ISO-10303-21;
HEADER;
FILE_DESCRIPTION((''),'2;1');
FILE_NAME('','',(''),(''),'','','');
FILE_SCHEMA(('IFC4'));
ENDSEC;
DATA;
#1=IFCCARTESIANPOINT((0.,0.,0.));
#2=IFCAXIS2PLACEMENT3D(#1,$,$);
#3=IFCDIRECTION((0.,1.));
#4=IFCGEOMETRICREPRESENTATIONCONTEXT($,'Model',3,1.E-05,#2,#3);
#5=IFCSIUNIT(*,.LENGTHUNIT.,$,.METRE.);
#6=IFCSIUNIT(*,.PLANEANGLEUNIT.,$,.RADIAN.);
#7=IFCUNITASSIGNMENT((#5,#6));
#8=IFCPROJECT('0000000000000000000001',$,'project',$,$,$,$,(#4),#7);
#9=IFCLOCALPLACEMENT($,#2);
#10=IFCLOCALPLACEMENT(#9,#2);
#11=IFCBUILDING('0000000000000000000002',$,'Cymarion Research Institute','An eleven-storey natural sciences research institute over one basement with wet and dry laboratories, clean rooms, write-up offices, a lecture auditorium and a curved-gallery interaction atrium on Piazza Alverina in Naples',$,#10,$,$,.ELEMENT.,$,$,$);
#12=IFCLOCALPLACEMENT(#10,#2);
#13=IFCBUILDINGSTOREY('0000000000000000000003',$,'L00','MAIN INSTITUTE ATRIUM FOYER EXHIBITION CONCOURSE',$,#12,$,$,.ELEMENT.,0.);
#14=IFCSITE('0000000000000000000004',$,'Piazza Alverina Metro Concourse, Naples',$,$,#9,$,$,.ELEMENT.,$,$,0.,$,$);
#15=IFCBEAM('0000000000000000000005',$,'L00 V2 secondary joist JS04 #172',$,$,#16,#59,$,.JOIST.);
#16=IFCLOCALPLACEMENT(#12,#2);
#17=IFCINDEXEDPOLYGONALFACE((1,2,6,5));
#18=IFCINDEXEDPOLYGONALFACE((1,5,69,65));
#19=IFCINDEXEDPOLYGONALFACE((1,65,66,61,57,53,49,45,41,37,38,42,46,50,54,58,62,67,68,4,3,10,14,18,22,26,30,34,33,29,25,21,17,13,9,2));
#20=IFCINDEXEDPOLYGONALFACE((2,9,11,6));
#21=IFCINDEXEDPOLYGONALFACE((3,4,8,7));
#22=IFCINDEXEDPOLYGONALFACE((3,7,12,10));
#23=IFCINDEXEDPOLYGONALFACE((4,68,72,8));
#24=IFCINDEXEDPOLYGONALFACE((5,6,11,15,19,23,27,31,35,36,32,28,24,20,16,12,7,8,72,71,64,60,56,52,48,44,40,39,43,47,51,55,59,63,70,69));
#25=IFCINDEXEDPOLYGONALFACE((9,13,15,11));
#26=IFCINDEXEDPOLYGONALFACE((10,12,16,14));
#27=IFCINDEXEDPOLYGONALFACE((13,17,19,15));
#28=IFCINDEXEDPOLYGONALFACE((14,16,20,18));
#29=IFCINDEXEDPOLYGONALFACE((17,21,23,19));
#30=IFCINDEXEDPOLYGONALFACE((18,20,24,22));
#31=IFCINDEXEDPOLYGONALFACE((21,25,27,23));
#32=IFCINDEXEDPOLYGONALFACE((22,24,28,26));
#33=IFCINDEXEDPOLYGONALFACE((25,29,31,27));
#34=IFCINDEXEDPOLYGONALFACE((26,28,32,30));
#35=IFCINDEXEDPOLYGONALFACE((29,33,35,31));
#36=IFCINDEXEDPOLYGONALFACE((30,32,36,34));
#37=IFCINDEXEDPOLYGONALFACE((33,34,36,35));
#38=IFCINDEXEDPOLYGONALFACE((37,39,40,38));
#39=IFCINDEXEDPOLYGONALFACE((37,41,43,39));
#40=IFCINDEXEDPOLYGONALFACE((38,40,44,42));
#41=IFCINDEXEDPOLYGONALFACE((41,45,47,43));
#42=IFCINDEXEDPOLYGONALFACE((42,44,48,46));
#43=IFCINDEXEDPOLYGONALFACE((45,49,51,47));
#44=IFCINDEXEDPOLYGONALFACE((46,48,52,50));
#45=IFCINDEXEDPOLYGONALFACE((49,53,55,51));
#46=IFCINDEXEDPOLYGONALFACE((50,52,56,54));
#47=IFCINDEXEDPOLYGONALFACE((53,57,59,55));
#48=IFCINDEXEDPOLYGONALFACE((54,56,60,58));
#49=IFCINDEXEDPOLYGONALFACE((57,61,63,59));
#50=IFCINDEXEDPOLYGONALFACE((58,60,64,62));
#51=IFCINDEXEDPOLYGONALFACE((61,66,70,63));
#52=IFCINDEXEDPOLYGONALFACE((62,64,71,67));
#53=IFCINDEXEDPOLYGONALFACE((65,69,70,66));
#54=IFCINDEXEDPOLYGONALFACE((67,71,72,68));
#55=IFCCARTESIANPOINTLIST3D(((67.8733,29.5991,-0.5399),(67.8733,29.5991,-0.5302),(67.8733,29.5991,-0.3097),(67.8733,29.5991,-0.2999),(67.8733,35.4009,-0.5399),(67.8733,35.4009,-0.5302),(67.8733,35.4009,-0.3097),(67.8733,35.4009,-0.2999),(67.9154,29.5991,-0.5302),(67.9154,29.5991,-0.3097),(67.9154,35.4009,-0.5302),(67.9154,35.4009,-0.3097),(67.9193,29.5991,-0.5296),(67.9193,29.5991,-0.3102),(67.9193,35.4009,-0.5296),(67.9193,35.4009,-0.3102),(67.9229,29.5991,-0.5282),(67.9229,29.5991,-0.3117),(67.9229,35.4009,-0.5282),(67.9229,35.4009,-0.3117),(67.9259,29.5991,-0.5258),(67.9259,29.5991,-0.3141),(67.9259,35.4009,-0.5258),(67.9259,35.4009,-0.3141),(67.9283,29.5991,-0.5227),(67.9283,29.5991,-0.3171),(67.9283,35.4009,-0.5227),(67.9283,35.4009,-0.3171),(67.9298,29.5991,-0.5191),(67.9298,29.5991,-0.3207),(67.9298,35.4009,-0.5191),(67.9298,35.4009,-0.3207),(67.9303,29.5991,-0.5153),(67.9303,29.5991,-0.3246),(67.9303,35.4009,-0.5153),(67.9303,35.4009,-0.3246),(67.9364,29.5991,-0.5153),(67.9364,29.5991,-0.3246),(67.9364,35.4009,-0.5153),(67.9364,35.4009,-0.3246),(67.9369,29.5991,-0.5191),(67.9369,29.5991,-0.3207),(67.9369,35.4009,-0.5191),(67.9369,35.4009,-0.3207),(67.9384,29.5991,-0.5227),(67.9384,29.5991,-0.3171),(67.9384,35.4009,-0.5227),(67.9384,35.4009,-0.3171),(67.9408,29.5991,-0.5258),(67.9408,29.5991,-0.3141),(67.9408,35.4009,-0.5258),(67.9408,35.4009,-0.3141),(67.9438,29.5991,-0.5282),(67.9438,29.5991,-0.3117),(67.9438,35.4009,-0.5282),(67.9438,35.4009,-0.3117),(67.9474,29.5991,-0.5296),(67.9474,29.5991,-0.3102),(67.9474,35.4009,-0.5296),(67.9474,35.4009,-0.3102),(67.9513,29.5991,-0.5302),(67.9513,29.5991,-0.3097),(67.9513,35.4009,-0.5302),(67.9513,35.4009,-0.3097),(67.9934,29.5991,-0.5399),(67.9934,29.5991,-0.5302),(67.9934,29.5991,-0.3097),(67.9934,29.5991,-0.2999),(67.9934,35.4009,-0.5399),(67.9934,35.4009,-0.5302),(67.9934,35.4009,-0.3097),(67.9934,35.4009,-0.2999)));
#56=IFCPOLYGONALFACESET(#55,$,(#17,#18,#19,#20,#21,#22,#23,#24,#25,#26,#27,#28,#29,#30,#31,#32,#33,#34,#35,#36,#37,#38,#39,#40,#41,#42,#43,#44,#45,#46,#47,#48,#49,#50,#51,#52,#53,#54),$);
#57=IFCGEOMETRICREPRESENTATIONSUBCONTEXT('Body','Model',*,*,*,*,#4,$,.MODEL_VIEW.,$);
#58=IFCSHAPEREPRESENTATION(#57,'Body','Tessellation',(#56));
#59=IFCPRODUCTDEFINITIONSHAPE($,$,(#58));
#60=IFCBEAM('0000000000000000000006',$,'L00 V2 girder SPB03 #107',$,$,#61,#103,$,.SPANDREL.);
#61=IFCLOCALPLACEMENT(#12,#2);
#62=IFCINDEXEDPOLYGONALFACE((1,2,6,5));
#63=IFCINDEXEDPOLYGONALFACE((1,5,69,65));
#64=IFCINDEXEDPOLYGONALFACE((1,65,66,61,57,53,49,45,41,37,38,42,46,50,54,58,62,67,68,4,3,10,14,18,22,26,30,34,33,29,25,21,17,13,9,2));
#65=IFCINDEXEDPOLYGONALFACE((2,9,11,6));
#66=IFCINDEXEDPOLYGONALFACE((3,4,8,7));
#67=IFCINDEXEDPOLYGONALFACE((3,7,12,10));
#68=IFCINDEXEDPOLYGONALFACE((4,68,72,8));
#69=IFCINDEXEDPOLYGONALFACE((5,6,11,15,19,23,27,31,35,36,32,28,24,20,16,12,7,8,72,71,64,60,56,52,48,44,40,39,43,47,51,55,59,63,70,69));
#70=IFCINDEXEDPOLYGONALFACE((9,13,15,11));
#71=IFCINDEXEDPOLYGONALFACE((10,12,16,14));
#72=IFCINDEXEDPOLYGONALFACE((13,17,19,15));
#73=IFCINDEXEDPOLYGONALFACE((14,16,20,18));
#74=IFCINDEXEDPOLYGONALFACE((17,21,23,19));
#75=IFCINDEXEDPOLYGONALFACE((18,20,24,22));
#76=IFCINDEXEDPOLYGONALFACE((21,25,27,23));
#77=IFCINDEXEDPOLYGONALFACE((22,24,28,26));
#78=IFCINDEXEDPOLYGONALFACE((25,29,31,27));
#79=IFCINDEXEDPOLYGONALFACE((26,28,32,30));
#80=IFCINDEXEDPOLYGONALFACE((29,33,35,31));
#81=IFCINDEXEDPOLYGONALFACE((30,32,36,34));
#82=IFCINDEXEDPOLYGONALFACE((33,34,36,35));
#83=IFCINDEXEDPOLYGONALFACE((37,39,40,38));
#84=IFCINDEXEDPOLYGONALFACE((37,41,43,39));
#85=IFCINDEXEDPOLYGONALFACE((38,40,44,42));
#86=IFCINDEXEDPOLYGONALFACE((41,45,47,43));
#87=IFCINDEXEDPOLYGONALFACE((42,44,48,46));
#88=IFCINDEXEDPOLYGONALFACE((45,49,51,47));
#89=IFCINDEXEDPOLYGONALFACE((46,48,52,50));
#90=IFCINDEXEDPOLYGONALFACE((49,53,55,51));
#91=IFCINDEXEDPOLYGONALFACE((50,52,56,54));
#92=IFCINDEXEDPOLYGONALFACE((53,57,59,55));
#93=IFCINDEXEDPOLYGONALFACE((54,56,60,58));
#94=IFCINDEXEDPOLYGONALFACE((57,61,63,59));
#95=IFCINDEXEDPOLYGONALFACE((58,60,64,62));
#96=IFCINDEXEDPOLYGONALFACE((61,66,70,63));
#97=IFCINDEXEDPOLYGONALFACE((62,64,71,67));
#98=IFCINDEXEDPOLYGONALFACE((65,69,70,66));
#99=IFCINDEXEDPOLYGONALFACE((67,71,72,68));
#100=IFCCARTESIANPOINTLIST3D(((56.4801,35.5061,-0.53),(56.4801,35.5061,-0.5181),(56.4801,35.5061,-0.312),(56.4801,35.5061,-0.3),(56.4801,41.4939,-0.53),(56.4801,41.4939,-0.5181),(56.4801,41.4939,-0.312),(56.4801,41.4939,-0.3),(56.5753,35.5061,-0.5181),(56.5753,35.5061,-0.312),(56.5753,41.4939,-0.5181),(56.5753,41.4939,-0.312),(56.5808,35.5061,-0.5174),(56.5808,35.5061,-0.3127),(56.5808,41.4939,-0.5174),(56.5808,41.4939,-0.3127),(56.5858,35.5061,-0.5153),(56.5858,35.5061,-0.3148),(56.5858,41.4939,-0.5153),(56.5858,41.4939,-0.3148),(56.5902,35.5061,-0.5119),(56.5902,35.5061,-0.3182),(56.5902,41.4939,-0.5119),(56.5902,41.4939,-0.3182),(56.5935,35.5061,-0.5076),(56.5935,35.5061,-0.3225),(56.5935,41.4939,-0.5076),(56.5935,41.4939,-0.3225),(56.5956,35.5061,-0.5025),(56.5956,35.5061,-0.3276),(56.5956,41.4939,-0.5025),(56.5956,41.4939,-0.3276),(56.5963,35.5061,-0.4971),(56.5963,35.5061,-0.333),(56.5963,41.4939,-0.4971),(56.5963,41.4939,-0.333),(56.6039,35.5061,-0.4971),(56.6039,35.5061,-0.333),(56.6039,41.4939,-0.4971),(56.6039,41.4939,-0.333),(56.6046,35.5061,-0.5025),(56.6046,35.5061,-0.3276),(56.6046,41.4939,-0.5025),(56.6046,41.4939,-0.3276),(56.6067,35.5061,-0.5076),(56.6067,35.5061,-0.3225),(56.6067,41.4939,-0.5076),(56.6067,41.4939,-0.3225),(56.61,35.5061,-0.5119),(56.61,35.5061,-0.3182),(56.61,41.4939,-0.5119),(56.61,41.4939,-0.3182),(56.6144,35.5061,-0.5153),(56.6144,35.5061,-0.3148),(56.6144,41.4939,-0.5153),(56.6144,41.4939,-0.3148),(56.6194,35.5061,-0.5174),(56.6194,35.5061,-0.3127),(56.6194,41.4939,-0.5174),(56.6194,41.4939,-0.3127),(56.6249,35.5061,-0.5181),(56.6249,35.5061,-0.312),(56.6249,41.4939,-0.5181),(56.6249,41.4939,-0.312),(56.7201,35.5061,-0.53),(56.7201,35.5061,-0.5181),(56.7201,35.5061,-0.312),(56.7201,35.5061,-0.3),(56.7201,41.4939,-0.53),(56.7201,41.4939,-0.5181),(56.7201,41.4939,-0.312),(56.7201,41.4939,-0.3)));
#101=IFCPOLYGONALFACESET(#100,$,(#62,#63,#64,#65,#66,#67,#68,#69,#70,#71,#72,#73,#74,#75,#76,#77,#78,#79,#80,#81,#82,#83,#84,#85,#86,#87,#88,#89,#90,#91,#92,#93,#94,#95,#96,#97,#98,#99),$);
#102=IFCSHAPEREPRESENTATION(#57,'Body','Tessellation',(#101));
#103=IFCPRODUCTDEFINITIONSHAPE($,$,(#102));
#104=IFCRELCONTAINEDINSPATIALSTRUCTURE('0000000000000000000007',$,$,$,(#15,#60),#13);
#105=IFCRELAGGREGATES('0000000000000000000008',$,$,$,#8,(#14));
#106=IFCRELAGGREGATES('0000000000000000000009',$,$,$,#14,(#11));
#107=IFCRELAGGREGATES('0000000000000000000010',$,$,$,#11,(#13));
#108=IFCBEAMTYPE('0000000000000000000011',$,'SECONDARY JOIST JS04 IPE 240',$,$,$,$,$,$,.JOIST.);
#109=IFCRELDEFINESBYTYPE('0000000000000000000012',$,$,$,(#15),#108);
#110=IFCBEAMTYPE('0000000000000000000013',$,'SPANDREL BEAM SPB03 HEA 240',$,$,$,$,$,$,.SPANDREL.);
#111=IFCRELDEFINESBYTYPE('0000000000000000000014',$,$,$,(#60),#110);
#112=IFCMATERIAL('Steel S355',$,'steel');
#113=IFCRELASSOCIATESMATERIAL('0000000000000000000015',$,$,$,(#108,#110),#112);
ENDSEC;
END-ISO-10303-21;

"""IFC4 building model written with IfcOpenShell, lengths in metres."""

from ifc_helpers import new_model, si_unit, direction, frame, origin, origin_2d, place, context, subcontext, project, spatial, i_section, extrude, material, material_profile, profile_set, type_object, element, save


model = new_model("IFC4")

# Units and contexts
model_context = context("Model", 3, precision=1e-05, world=origin(), true_north=direction((0.0, 1.0)))
body_context = subcontext(model_context, "Body", "Model", "MODEL_VIEW")
ifc_project = project(units=[si_unit("LENGTHUNIT", "METRE"), si_unit("PLANEANGLEUNIT", "RADIAN")], contexts=[model_context])

# Site, building, storey
site_placement = place(None, origin())
site = spatial("IfcSite", under=ifc_project, at=site_placement, Name="Piazza Alverina Metro Concourse, Naples", CompositionType="ELEMENT", RefElevation=0.0)
building_placement = place(site_placement, origin())
building = spatial("IfcBuilding", under=site, at=building_placement, Name="Cymarion Research Institute", Description="An eleven-storey natural sciences research institute over one basement with wet and dry laboratories, clean rooms, write-up offices, a lecture auditorium and a curved-gallery interaction atrium on Piazza Alverina in Naples", CompositionType="ELEMENT")
storey_placement = place(building_placement, origin())
storey = spatial("IfcBuildingStorey", under=building, at=storey_placement, Name="L00", Description="MAIN INSTITUTE ATRIUM FOYER EXHIBITION CONCOURSE", CompositionType="ELEMENT", Elevation=0.0)

# Shared definitions
ifc_material = material(Name="Steel S355", Category="steel")

# Beams
ifc_material_profile_1 = material_profile(ifc_material, i_section(OverallWidth=0.1201, OverallDepth=0.24, WebThickness=0.0061, FlangeThickness=0.0098, FilletRadius=0.0149, at=origin_2d()), Name="IPE 240")
ifc_profile_set_1 = profile_set([ifc_material_profile_1], Name="Steel S355")
beam_type_1 = type_object("IfcBeamType", Name="SECONDARY JOIST JS04 IPE 240", PredefinedType="JOIST", material=ifc_profile_set_1)
for number, where, z_axis, x_axis, name in (
    (1, (67.9333, 29.5991, -0.4199), (0.0, 1.0, 0.0), (-1.0, 0.0, 0.0), "L00 V2 secondary joist JS04 #172"),
):
    element("IfcBeam", number, at=place(storey_placement, frame(where, z_axis=z_axis, x_axis=x_axis)), inside=storey, type_object=beam_type_1, Name=name, PredefinedType="JOIST", context=body_context, shape_type="SweptSolid", body=[
        extrude(i_section(OverallWidth=0.1201, OverallDepth=0.24, WebThickness=0.0061, FlangeThickness=0.0098, FilletRadius=0.0149, at=origin_2d()), origin(), (0.0, 0.0, 1.0), 5.8018),
    ])
ifc_material_profile_2 = material_profile(ifc_material, i_section(OverallWidth=0.24, OverallDepth=0.23, WebThickness=0.0076, FlangeThickness=0.012, FilletRadius=0.021, at=origin_2d()), Name="HEA 240")
ifc_profile_set_2 = profile_set([ifc_material_profile_2], Name="Steel S355")
beam_type_2 = type_object("IfcBeamType", Name="SPANDREL BEAM SPB03 HEA 240", PredefinedType="SPANDREL", material=ifc_profile_set_2)
beam_1_placement = place(storey_placement, frame((56.6001, 35.5061, -0.415), z_axis=(0.0, 1.0, 0.0), x_axis=(-1.0, 0.0, 0.0)))
element("IfcBeam", 2, at=beam_1_placement, inside=storey, type_object=beam_type_2, Name="L00 V2 girder SPB03 #107", PredefinedType="SPANDREL", context=body_context, shape_type="SweptSolid", body=[
    extrude(i_section(OverallWidth=0.24, OverallDepth=0.23, WebThickness=0.0076, FlangeThickness=0.012, FilletRadius=0.021, at=origin_2d()), origin(), (0.0, 0.0, 1.0), 5.9878),
])

save(model, "model.ifc")
